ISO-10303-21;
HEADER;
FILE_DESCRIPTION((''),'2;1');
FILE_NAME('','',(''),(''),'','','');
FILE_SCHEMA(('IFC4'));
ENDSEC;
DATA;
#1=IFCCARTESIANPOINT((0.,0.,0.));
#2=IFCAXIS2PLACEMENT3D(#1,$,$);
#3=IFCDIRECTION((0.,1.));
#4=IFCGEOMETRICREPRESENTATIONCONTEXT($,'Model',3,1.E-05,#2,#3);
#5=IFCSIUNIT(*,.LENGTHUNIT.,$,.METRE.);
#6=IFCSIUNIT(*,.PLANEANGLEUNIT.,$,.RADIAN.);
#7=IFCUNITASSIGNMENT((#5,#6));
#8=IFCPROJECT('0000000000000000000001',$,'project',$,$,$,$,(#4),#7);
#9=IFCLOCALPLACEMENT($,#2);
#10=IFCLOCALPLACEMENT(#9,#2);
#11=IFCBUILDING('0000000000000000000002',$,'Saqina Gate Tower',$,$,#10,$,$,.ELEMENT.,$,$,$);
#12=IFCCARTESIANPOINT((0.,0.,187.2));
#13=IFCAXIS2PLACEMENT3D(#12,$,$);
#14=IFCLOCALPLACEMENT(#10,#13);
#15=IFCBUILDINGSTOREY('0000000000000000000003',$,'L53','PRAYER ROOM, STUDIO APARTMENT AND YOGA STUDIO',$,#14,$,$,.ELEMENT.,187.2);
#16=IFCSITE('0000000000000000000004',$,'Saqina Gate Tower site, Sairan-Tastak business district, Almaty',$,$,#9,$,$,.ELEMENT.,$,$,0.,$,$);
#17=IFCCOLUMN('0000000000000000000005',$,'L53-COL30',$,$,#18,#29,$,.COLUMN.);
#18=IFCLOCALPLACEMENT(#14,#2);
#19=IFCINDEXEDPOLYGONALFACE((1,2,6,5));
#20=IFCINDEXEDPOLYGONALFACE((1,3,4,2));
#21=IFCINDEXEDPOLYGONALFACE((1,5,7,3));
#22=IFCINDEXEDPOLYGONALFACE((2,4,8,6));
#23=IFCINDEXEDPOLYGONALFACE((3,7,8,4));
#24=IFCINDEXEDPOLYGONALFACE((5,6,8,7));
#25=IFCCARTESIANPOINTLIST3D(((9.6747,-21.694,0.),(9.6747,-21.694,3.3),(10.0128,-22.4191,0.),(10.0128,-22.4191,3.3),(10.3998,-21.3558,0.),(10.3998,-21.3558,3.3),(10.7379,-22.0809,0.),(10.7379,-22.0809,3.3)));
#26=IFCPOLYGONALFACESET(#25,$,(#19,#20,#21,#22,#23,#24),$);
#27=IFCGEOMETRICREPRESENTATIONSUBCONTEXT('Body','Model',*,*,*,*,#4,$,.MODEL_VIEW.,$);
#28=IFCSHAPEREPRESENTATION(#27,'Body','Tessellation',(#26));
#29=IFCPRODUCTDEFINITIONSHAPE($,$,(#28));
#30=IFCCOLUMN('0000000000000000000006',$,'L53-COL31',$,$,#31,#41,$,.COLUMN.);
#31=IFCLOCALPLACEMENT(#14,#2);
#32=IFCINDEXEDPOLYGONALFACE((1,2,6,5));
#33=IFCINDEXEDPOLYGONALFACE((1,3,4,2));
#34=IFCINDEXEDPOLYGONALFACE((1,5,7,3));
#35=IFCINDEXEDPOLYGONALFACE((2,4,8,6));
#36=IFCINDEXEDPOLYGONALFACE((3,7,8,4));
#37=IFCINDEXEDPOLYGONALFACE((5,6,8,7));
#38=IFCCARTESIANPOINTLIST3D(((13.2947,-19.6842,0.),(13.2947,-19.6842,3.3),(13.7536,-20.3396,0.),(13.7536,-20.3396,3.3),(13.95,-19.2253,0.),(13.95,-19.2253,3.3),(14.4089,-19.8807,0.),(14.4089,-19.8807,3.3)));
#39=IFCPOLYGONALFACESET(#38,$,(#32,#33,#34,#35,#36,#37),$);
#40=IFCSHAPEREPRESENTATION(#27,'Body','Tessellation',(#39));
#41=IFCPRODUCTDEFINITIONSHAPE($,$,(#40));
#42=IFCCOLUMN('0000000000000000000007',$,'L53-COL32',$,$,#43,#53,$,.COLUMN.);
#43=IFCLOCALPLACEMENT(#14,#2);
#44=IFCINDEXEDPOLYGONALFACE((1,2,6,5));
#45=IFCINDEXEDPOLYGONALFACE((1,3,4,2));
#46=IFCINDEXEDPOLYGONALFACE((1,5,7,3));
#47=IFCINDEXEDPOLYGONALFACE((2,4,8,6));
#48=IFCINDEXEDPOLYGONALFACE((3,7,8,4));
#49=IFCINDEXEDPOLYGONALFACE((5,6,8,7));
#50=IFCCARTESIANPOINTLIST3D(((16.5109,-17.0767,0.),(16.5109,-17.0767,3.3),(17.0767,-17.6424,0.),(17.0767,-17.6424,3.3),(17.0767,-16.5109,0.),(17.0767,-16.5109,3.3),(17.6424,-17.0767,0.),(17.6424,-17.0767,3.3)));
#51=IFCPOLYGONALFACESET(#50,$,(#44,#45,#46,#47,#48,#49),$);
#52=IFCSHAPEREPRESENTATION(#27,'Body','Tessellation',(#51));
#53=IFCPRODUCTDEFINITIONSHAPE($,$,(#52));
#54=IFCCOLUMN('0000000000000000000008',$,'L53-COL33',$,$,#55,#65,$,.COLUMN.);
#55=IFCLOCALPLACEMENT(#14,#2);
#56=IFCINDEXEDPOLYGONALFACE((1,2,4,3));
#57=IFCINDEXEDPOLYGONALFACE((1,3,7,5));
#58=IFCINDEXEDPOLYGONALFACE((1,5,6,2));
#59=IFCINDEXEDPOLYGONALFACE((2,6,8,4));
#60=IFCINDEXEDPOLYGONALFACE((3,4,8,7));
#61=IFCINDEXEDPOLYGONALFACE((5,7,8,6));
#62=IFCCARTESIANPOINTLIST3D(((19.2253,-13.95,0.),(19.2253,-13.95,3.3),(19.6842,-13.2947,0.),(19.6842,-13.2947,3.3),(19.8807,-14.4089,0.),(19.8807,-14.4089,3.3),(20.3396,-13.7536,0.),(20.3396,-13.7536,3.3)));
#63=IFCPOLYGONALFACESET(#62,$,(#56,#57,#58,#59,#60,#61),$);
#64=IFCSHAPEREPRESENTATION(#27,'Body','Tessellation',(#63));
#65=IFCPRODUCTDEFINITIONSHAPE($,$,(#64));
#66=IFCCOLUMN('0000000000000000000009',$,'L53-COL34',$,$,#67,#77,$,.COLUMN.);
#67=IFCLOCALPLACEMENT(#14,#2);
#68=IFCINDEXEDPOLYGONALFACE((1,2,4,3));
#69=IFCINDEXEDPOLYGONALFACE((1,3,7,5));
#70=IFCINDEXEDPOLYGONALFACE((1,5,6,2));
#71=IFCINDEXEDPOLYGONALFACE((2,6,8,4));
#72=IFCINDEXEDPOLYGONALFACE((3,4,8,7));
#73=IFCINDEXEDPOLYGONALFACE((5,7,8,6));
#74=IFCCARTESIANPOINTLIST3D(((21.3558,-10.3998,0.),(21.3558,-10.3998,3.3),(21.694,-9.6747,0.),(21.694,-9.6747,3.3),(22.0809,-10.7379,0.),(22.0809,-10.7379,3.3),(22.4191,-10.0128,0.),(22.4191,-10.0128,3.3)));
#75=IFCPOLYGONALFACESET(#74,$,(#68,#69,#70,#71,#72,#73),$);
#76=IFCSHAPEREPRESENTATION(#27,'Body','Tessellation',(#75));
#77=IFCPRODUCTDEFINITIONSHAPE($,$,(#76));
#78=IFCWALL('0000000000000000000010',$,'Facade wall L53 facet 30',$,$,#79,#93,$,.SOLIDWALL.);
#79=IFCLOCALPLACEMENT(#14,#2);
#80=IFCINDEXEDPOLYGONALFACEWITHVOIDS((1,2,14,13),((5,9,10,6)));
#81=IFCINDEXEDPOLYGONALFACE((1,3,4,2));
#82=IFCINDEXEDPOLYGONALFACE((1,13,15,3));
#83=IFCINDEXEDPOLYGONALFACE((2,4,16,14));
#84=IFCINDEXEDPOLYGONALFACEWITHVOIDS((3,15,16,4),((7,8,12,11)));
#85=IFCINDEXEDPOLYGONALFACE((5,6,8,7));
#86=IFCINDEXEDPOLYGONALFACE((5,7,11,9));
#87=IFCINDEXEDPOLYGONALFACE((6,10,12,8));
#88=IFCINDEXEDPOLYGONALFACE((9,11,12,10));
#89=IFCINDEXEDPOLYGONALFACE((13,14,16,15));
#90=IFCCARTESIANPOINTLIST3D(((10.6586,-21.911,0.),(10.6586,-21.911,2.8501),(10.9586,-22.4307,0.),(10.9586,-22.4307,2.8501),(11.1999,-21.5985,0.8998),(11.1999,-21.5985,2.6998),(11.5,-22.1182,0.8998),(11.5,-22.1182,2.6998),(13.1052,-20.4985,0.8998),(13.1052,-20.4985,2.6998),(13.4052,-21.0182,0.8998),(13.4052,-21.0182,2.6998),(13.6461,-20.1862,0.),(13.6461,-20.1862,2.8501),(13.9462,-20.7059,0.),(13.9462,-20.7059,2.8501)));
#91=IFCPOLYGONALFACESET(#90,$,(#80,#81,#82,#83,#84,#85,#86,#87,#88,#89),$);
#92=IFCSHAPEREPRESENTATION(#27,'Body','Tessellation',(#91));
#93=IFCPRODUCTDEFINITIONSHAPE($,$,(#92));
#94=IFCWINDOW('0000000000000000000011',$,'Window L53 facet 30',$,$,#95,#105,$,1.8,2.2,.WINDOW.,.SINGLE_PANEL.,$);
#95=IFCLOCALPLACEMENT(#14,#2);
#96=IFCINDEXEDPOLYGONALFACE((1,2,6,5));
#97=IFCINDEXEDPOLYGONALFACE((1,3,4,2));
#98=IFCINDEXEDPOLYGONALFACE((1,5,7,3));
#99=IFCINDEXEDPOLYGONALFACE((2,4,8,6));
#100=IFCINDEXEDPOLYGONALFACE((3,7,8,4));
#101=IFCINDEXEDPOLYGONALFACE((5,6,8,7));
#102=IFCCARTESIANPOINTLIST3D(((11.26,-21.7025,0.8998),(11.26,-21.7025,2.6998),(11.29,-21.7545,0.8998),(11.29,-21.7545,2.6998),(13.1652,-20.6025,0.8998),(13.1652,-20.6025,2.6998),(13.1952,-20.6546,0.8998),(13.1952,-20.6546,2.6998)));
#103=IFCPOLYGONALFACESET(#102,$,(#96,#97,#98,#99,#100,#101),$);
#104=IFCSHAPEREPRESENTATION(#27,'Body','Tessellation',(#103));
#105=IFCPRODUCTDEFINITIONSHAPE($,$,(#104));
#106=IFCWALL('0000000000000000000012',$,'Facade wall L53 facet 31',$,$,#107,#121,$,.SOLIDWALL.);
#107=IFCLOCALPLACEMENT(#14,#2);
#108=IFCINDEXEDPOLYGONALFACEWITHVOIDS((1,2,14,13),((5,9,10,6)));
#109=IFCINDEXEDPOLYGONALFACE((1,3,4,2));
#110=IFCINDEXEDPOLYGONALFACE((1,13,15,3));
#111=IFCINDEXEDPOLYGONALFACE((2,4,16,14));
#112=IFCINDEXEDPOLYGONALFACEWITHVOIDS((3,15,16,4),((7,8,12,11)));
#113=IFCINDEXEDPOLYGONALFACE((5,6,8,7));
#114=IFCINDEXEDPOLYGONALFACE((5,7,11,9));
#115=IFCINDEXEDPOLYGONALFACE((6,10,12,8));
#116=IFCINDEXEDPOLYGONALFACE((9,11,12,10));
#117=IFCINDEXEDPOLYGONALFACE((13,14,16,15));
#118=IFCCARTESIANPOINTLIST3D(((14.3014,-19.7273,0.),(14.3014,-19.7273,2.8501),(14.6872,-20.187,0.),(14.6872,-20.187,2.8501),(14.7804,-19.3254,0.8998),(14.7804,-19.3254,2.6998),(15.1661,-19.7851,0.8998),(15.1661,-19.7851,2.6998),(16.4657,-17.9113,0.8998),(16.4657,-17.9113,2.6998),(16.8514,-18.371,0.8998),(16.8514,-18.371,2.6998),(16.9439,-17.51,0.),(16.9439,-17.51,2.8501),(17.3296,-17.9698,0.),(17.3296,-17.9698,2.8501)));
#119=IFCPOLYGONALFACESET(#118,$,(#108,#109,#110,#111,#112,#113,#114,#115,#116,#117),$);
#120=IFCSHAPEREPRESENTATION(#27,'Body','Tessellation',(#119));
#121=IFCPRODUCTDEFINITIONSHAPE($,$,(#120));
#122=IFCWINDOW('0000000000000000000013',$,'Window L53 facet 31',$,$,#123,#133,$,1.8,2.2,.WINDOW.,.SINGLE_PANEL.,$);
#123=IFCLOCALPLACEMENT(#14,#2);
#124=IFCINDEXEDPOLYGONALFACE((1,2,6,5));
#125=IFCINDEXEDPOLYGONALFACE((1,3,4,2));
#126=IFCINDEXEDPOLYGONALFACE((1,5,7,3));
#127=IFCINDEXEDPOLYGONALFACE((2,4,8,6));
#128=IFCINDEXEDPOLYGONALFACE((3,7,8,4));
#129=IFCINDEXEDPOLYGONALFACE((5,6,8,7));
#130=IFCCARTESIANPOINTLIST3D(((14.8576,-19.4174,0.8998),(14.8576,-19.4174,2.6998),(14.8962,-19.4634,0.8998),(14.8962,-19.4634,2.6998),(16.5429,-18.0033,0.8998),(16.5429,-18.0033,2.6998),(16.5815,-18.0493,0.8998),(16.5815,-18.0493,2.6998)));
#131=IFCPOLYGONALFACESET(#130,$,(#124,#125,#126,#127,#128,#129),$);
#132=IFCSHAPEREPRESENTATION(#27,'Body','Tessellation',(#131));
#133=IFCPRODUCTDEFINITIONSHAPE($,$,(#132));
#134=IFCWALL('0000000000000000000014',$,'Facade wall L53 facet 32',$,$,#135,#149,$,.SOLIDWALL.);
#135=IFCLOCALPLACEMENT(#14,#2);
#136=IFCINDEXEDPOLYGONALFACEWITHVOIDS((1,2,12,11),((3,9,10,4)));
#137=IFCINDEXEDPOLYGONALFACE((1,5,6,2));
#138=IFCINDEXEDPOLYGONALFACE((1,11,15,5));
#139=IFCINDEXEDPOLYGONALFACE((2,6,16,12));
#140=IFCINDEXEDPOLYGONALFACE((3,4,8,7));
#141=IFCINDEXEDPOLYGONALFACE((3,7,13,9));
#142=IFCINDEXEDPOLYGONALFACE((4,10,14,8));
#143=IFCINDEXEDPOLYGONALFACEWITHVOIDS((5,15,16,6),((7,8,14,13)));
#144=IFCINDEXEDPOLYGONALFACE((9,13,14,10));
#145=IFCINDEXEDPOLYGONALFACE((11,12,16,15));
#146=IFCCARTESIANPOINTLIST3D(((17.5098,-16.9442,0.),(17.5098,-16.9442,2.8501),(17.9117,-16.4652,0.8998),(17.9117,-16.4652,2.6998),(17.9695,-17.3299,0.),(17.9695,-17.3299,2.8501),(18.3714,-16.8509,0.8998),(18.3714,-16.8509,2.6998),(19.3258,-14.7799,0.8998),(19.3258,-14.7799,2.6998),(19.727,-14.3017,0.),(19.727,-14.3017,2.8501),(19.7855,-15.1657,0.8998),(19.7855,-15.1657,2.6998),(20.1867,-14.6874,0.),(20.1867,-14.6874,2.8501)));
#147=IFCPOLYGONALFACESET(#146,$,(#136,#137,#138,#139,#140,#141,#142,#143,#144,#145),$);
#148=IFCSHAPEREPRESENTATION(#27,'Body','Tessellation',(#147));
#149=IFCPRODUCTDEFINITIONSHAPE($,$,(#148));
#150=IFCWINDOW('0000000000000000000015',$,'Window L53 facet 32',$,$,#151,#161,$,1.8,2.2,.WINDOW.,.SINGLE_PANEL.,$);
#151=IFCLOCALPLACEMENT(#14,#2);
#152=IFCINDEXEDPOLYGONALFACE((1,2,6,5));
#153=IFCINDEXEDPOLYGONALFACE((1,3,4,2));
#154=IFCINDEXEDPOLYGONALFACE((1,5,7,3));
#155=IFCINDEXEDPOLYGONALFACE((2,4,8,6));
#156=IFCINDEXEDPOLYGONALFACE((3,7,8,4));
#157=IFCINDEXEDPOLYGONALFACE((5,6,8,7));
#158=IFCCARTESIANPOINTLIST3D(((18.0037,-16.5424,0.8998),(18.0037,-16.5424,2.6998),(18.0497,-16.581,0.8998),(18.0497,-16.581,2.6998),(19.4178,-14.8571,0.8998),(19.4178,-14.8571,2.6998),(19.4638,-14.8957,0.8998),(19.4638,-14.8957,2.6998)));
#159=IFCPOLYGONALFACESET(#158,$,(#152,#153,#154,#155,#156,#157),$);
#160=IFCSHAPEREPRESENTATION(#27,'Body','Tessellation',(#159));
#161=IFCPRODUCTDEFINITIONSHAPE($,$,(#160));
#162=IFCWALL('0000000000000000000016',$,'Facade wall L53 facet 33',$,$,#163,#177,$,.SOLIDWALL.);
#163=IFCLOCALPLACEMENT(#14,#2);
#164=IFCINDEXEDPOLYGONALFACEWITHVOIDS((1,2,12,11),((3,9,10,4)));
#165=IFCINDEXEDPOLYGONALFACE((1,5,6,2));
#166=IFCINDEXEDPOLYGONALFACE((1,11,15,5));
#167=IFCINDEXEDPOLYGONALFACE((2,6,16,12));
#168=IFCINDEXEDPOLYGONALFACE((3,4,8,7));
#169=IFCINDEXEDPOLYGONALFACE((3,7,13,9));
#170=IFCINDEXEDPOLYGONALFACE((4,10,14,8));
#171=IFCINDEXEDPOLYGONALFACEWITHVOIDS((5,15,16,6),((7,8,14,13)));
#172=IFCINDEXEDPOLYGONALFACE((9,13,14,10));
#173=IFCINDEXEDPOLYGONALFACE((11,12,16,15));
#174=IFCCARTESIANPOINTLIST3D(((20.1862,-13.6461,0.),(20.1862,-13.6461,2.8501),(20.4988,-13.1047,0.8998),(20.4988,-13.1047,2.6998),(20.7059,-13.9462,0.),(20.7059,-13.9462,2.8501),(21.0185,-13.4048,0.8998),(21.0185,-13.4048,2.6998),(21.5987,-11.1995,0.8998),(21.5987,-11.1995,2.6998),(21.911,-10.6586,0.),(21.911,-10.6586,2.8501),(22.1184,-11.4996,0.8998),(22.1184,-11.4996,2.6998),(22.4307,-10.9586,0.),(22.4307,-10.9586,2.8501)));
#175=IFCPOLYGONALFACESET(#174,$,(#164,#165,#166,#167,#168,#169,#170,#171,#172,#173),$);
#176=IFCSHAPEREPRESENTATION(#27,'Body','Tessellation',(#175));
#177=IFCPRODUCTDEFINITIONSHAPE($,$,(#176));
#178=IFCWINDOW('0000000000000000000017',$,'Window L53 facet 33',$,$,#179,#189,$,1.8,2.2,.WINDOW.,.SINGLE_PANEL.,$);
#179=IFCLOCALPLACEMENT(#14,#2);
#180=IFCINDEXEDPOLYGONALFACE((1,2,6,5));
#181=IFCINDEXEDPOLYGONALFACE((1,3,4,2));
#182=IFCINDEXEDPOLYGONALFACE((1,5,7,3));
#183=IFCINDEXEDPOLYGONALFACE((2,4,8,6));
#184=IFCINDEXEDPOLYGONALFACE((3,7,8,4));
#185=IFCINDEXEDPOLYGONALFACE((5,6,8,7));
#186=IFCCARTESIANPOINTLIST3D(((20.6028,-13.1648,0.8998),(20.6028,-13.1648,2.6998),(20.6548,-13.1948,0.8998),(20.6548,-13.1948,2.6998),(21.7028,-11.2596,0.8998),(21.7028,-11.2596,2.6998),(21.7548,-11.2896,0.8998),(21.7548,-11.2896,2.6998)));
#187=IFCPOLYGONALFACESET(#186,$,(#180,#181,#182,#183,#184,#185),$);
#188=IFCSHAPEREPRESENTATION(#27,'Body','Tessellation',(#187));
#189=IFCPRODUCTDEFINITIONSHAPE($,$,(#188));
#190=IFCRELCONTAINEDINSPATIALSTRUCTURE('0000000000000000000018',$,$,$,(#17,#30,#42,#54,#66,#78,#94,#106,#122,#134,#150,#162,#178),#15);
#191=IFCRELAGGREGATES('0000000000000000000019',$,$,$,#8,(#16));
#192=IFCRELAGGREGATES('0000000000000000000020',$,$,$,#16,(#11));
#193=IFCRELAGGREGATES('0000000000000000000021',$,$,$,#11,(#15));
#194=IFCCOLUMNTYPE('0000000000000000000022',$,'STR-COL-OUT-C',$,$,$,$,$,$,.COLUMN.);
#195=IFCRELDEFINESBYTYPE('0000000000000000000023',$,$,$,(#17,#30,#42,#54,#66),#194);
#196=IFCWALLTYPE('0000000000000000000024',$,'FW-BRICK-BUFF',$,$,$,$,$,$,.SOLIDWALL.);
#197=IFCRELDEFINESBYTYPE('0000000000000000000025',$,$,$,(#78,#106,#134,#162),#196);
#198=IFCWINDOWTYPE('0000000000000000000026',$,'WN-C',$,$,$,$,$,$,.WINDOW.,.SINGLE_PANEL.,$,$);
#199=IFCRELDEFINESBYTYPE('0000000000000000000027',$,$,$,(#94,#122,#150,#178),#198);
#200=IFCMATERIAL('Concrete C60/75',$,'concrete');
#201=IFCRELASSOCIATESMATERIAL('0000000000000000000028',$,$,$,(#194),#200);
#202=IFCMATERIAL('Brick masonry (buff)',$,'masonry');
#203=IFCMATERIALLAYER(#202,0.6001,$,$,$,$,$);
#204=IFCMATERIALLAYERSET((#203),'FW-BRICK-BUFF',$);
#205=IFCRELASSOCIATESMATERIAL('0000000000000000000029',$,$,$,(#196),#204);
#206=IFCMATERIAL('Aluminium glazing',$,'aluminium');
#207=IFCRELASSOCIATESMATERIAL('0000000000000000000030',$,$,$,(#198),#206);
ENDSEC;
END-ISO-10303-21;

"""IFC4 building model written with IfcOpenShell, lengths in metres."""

from ifc_helpers import new_model, si_unit, direction, frame, frame_2d, origin, origin_2d, place, context, subcontext, project, spatial, rectangle, extrude, material, layer, layer_set, material_profile, profile_set, type_object, element, fill, save


model = new_model("IFC4")

# Units and contexts
model_context = context("Model", 3, precision=1e-05, world=origin(), true_north=direction((0.0, 1.0)))
body_context = subcontext(model_context, "Body", "Model", "MODEL_VIEW")
ifc_project = project(units=[si_unit("LENGTHUNIT", "METRE"), si_unit("PLANEANGLEUNIT", "RADIAN")], contexts=[model_context])

# Site, building, storey
site_placement = place(None, origin())
site = spatial("IfcSite", under=ifc_project, at=site_placement, Name="Saqina Gate Tower site, Sairan-Tastak business district, Almaty", CompositionType="ELEMENT", RefElevation=0.0)
building_placement = place(site_placement, origin())
building = spatial("IfcBuilding", under=site, at=building_placement, Name="Saqina Gate Tower", CompositionType="ELEMENT")
storey_placement = place(building_placement, frame((0.0, 0.0, 187.2)))
storey = spatial("IfcBuildingStorey", under=building, at=storey_placement, Name="L53", Description="PRAYER ROOM, STUDIO APARTMENT AND YOGA STUDIO", CompositionType="ELEMENT", Elevation=187.2)

# Columns
ifc_material_1 = material(Name="Concrete C60/75", Category="concrete")
ifc_material_profile = material_profile(ifc_material_1, rectangle(XDim=0.8, YDim=0.8, at=origin_2d()), Name="RC 800x800")
ifc_profile_set = profile_set([ifc_material_profile], Name="Concrete C60/75")
column_type = type_object("IfcColumnType", Name="STR-COL-OUT-C", PredefinedType="COLUMN", material=ifc_profile_set)
for number, where, z_axis, x_axis, name in (
    (1, (10.2063, -21.8875, 0.0), (0.0, 0.0, 1.0), (0.422618, -0.906308, 0.0), "L53-COL30"),
    (2, (13.8518, -19.7825, 0.0), (0.0, 0.0, 1.0), (0.573576, -0.819152, 0.0), "L53-COL31"),
    (3, (17.0767, -17.0767, 0.0), (0.0, 0.0, 1.0), (0.707107, -0.707107, 0.0), "L53-COL32"),
    (4, (19.7825, -13.8518, 0.0), (0.0, 0.0, 1.0), (0.819152, -0.573576, 0.0), "L53-COL33"),
    (5, (21.8875, -10.2063, 0.0), (0.0, 0.0, 1.0), (0.906308, -0.422618, 0.0), "L53-COL34"),
):
    element("IfcColumn", number, at=place(storey_placement, frame(where, z_axis=z_axis, x_axis=x_axis)), inside=storey, type_object=column_type, Name=name, PredefinedType="COLUMN", context=body_context, shape_type="SweptSolid", body=[
        extrude(rectangle(XDim=0.8, YDim=0.8, at=origin_2d()), origin(), (0.0, 0.0, 1.0), 3.3),
    ])

# Walls, openings, windows
ifc_material_2 = material(Name="Brick masonry (buff)", Category="masonry")
ifc_layer_1 = layer(ifc_material_2, 0.6001)
ifc_layer_set_1 = layer_set([ifc_layer_1], Name="FW-BRICK-BUFF")
wall_type_1 = type_object("IfcWallType", Name="FW-BRICK-BUFF", PredefinedType="SOLIDWALL", material=ifc_layer_set_1)
wall_1_placement = place(storey_placement, frame((10.8086, -22.1709, 0.0), z_axis=(0.0, 0.0, 1.0), x_axis=(0.866026, 0.499998, 0.0)))
wall_1 = element("IfcWall", 6, at=wall_1_placement, inside=storey, type_object=wall_type_1, Name="Facade wall L53 facet 30", PredefinedType="SOLIDWALL", context=body_context, shape_type="SweptSolid", body=[
    extrude(rectangle(XDim=3.4497, YDim=0.6001, at=frame_2d((1.7249, 0.0))), origin(), (0.0, 0.0, 1.0), 2.8501),
])
opening_1_placement = place(wall_1_placement, frame((0.625, 0.0, 0.8999)))
opening_1 = element("IfcOpeningElement", 7, at=opening_1_placement, cuts=wall_1, PredefinedType="OPENING", context=body_context, shape_type="SweptSolid", body=[
    extrude(rectangle(XDim=2.2, YDim=1.8, at=frame_2d((1.1001, 0.8999))), frame((0.0, 0.312, 0.0), z_axis=(0.0, -1.0, 0.0), x_axis=(1.0, 0.0, 0.0)), (0.0, 0.0, 1.0), 0.624),
])
ifc_material_3 = material(Name="Aluminium glazing", Category="aluminium")
window_type = type_object("IfcWindowType", Name="WN-C", PartitioningType="SINGLE_PANEL", PredefinedType="WINDOW", material=ifc_material_3)
window_1_placement = place(opening_1_placement, origin())
window_1 = element("IfcWindow", 8, at=window_1_placement, inside=storey, type_object=window_type, Name="Window L53 facet 30", OverallHeight=1.8, OverallWidth=2.2, PartitioningType="SINGLE_PANEL", PredefinedType="WINDOW", context=body_context, shape_type="SweptSolid", body=[
    extrude(rectangle(XDim=2.2, YDim=1.8, at=frame_2d((1.1001, 0.8999))), frame((0.0, 0.1799, 0.0), z_axis=(0.0, -1.0, 0.0), x_axis=(1.0, 0.0, 0.0)), (0.0, 0.0, 1.0), 0.0601),
])
fill(opening_1, window_1)
wall_2_placement = place(storey_placement, frame((14.4944, -19.957, 0.0), z_axis=(0.0, 0.0, 1.0), x_axis=(0.766059, 0.64277, 0.0)))
wall_2 = element("IfcWall", 9, at=wall_2_placement, inside=storey, type_object=wall_type_1, Name="Facade wall L53 facet 31", PredefinedType="SOLIDWALL", context=body_context, shape_type="SweptSolid", body=[
    extrude(rectangle(XDim=3.4495, YDim=0.6001, at=frame_2d((1.7246, 0.0))), origin(), (0.0, 0.0, 1.0), 2.8501),
])
opening_2_placement = place(wall_2_placement, frame((0.625, 0.0, 0.8999)))
opening_2 = element("IfcOpeningElement", 10, at=opening_2_placement, cuts=wall_2, PredefinedType="OPENING", context=body_context, shape_type="SweptSolid", body=[
    extrude(rectangle(XDim=2.2, YDim=1.8, at=frame_2d((1.1001, 0.8999))), frame((0.0, 0.312, 0.0), z_axis=(0.0, -1.0, 0.0), x_axis=(1.0, 0.0, 0.0)), (0.0, 0.0, 1.0), 0.624),
])
window_2_placement = place(opening_2_placement, origin())
window_2 = element("IfcWindow", 11, at=window_2_placement, inside=storey, type_object=window_type, Name="Window L53 facet 31", OverallHeight=1.8, OverallWidth=2.2, PartitioningType="SINGLE_PANEL", PredefinedType="WINDOW", context=body_context, shape_type="SweptSolid", body=[
    extrude(rectangle(XDim=2.2, YDim=1.8, at=frame_2d((1.1001, 0.8999))), frame((0.0, 0.1799, 0.0), z_axis=(0.0, -1.0, 0.0), x_axis=(1.0, 0.0, 0.0)), (0.0, 0.0, 1.0), 0.0601),
])
fill(opening_2, window_2)
wall_3_placement = place(storey_placement, frame((17.7397, -17.137, 0.0), z_axis=(0.0, 0.0, 1.0), x_axis=(0.64277, 0.766059, 0.0)))
wall_3 = element("IfcWall", 12, at=wall_3_placement, inside=storey, type_object=wall_type_1, Name="Facade wall L53 facet 32", PredefinedType="SOLIDWALL", context=body_context, shape_type="SweptSolid", body=[
    extrude(rectangle(XDim=3.4495, YDim=0.6001, at=frame_2d((1.7246, 0.0))), origin(), (0.0, 0.0, 1.0), 2.8501),
])
opening_3_placement = place(wall_3_placement, frame((0.625, 0.0, 0.8999)))
opening_3 = element("IfcOpeningElement", 13, at=opening_3_placement, cuts=wall_3, PredefinedType="OPENING", context=body_context, shape_type="SweptSolid", body=[
    extrude(rectangle(XDim=2.2, YDim=1.8, at=frame_2d((1.1001, 0.8999))), frame((0.0, 0.312, 0.0), z_axis=(0.0, -1.0, 0.0), x_axis=(1.0, 0.0, 0.0)), (0.0, 0.0, 1.0), 0.624),
])
window_3_placement = place(opening_3_placement, origin())
window_3 = element("IfcWindow", 14, at=window_3_placement, inside=storey, type_object=window_type, Name="Window L53 facet 32", OverallHeight=1.8, OverallWidth=2.2, PartitioningType="SINGLE_PANEL", PredefinedType="WINDOW", context=body_context, shape_type="SweptSolid", body=[
    extrude(rectangle(XDim=2.2, YDim=1.8, at=frame_2d((1.1001, 0.8999))), frame((0.0, 0.1799, 0.0), z_axis=(0.0, -1.0, 0.0), x_axis=(1.0, 0.0, 0.0)), (0.0, 0.0, 1.0), 0.0601),
])
fill(opening_3, window_3)
wall_4_placement = place(storey_placement, frame((20.446, -13.7961, 0.0), z_axis=(0.0, 0.0, 1.0), x_axis=(0.499998, 0.866026, 0.0)))
wall_4 = element("IfcWall", 15, at=wall_4_placement, inside=storey, type_object=wall_type_1, Name="Facade wall L53 facet 33", PredefinedType="SOLIDWALL", context=body_context, shape_type="SweptSolid", body=[
    extrude(rectangle(XDim=3.4497, YDim=0.6001, at=frame_2d((1.7249, 0.0))), origin(), (0.0, 0.0, 1.0), 2.8501),
])
opening_4_placement = place(wall_4_placement, frame((0.625, 0.0, 0.8999)))
opening_4 = element("IfcOpeningElement", 16, at=opening_4_placement, cuts=wall_4, PredefinedType="OPENING", context=body_context, shape_type="SweptSolid", body=[
    extrude(rectangle(XDim=2.2, YDim=1.8, at=frame_2d((1.1001, 0.8999))), frame((0.0, 0.312, 0.0), z_axis=(0.0, -1.0, 0.0), x_axis=(1.0, 0.0, 0.0)), (0.0, 0.0, 1.0), 0.624),
])
window_4_placement = place(opening_4_placement, origin())
window_4 = element("IfcWindow", 17, at=window_4_placement, inside=storey, type_object=window_type, Name="Window L53 facet 33", OverallHeight=1.8, OverallWidth=2.2, PartitioningType="SINGLE_PANEL", PredefinedType="WINDOW", context=body_context, shape_type="SweptSolid", body=[
    extrude(rectangle(XDim=2.2, YDim=1.8, at=frame_2d((1.1001, 0.8999))), frame((0.0, 0.1799, 0.0), z_axis=(0.0, -1.0, 0.0), x_axis=(1.0, 0.0, 0.0)), (0.0, 0.0, 1.0), 0.0601),
])
fill(opening_4, window_4)

save(model, "model.ifc")
